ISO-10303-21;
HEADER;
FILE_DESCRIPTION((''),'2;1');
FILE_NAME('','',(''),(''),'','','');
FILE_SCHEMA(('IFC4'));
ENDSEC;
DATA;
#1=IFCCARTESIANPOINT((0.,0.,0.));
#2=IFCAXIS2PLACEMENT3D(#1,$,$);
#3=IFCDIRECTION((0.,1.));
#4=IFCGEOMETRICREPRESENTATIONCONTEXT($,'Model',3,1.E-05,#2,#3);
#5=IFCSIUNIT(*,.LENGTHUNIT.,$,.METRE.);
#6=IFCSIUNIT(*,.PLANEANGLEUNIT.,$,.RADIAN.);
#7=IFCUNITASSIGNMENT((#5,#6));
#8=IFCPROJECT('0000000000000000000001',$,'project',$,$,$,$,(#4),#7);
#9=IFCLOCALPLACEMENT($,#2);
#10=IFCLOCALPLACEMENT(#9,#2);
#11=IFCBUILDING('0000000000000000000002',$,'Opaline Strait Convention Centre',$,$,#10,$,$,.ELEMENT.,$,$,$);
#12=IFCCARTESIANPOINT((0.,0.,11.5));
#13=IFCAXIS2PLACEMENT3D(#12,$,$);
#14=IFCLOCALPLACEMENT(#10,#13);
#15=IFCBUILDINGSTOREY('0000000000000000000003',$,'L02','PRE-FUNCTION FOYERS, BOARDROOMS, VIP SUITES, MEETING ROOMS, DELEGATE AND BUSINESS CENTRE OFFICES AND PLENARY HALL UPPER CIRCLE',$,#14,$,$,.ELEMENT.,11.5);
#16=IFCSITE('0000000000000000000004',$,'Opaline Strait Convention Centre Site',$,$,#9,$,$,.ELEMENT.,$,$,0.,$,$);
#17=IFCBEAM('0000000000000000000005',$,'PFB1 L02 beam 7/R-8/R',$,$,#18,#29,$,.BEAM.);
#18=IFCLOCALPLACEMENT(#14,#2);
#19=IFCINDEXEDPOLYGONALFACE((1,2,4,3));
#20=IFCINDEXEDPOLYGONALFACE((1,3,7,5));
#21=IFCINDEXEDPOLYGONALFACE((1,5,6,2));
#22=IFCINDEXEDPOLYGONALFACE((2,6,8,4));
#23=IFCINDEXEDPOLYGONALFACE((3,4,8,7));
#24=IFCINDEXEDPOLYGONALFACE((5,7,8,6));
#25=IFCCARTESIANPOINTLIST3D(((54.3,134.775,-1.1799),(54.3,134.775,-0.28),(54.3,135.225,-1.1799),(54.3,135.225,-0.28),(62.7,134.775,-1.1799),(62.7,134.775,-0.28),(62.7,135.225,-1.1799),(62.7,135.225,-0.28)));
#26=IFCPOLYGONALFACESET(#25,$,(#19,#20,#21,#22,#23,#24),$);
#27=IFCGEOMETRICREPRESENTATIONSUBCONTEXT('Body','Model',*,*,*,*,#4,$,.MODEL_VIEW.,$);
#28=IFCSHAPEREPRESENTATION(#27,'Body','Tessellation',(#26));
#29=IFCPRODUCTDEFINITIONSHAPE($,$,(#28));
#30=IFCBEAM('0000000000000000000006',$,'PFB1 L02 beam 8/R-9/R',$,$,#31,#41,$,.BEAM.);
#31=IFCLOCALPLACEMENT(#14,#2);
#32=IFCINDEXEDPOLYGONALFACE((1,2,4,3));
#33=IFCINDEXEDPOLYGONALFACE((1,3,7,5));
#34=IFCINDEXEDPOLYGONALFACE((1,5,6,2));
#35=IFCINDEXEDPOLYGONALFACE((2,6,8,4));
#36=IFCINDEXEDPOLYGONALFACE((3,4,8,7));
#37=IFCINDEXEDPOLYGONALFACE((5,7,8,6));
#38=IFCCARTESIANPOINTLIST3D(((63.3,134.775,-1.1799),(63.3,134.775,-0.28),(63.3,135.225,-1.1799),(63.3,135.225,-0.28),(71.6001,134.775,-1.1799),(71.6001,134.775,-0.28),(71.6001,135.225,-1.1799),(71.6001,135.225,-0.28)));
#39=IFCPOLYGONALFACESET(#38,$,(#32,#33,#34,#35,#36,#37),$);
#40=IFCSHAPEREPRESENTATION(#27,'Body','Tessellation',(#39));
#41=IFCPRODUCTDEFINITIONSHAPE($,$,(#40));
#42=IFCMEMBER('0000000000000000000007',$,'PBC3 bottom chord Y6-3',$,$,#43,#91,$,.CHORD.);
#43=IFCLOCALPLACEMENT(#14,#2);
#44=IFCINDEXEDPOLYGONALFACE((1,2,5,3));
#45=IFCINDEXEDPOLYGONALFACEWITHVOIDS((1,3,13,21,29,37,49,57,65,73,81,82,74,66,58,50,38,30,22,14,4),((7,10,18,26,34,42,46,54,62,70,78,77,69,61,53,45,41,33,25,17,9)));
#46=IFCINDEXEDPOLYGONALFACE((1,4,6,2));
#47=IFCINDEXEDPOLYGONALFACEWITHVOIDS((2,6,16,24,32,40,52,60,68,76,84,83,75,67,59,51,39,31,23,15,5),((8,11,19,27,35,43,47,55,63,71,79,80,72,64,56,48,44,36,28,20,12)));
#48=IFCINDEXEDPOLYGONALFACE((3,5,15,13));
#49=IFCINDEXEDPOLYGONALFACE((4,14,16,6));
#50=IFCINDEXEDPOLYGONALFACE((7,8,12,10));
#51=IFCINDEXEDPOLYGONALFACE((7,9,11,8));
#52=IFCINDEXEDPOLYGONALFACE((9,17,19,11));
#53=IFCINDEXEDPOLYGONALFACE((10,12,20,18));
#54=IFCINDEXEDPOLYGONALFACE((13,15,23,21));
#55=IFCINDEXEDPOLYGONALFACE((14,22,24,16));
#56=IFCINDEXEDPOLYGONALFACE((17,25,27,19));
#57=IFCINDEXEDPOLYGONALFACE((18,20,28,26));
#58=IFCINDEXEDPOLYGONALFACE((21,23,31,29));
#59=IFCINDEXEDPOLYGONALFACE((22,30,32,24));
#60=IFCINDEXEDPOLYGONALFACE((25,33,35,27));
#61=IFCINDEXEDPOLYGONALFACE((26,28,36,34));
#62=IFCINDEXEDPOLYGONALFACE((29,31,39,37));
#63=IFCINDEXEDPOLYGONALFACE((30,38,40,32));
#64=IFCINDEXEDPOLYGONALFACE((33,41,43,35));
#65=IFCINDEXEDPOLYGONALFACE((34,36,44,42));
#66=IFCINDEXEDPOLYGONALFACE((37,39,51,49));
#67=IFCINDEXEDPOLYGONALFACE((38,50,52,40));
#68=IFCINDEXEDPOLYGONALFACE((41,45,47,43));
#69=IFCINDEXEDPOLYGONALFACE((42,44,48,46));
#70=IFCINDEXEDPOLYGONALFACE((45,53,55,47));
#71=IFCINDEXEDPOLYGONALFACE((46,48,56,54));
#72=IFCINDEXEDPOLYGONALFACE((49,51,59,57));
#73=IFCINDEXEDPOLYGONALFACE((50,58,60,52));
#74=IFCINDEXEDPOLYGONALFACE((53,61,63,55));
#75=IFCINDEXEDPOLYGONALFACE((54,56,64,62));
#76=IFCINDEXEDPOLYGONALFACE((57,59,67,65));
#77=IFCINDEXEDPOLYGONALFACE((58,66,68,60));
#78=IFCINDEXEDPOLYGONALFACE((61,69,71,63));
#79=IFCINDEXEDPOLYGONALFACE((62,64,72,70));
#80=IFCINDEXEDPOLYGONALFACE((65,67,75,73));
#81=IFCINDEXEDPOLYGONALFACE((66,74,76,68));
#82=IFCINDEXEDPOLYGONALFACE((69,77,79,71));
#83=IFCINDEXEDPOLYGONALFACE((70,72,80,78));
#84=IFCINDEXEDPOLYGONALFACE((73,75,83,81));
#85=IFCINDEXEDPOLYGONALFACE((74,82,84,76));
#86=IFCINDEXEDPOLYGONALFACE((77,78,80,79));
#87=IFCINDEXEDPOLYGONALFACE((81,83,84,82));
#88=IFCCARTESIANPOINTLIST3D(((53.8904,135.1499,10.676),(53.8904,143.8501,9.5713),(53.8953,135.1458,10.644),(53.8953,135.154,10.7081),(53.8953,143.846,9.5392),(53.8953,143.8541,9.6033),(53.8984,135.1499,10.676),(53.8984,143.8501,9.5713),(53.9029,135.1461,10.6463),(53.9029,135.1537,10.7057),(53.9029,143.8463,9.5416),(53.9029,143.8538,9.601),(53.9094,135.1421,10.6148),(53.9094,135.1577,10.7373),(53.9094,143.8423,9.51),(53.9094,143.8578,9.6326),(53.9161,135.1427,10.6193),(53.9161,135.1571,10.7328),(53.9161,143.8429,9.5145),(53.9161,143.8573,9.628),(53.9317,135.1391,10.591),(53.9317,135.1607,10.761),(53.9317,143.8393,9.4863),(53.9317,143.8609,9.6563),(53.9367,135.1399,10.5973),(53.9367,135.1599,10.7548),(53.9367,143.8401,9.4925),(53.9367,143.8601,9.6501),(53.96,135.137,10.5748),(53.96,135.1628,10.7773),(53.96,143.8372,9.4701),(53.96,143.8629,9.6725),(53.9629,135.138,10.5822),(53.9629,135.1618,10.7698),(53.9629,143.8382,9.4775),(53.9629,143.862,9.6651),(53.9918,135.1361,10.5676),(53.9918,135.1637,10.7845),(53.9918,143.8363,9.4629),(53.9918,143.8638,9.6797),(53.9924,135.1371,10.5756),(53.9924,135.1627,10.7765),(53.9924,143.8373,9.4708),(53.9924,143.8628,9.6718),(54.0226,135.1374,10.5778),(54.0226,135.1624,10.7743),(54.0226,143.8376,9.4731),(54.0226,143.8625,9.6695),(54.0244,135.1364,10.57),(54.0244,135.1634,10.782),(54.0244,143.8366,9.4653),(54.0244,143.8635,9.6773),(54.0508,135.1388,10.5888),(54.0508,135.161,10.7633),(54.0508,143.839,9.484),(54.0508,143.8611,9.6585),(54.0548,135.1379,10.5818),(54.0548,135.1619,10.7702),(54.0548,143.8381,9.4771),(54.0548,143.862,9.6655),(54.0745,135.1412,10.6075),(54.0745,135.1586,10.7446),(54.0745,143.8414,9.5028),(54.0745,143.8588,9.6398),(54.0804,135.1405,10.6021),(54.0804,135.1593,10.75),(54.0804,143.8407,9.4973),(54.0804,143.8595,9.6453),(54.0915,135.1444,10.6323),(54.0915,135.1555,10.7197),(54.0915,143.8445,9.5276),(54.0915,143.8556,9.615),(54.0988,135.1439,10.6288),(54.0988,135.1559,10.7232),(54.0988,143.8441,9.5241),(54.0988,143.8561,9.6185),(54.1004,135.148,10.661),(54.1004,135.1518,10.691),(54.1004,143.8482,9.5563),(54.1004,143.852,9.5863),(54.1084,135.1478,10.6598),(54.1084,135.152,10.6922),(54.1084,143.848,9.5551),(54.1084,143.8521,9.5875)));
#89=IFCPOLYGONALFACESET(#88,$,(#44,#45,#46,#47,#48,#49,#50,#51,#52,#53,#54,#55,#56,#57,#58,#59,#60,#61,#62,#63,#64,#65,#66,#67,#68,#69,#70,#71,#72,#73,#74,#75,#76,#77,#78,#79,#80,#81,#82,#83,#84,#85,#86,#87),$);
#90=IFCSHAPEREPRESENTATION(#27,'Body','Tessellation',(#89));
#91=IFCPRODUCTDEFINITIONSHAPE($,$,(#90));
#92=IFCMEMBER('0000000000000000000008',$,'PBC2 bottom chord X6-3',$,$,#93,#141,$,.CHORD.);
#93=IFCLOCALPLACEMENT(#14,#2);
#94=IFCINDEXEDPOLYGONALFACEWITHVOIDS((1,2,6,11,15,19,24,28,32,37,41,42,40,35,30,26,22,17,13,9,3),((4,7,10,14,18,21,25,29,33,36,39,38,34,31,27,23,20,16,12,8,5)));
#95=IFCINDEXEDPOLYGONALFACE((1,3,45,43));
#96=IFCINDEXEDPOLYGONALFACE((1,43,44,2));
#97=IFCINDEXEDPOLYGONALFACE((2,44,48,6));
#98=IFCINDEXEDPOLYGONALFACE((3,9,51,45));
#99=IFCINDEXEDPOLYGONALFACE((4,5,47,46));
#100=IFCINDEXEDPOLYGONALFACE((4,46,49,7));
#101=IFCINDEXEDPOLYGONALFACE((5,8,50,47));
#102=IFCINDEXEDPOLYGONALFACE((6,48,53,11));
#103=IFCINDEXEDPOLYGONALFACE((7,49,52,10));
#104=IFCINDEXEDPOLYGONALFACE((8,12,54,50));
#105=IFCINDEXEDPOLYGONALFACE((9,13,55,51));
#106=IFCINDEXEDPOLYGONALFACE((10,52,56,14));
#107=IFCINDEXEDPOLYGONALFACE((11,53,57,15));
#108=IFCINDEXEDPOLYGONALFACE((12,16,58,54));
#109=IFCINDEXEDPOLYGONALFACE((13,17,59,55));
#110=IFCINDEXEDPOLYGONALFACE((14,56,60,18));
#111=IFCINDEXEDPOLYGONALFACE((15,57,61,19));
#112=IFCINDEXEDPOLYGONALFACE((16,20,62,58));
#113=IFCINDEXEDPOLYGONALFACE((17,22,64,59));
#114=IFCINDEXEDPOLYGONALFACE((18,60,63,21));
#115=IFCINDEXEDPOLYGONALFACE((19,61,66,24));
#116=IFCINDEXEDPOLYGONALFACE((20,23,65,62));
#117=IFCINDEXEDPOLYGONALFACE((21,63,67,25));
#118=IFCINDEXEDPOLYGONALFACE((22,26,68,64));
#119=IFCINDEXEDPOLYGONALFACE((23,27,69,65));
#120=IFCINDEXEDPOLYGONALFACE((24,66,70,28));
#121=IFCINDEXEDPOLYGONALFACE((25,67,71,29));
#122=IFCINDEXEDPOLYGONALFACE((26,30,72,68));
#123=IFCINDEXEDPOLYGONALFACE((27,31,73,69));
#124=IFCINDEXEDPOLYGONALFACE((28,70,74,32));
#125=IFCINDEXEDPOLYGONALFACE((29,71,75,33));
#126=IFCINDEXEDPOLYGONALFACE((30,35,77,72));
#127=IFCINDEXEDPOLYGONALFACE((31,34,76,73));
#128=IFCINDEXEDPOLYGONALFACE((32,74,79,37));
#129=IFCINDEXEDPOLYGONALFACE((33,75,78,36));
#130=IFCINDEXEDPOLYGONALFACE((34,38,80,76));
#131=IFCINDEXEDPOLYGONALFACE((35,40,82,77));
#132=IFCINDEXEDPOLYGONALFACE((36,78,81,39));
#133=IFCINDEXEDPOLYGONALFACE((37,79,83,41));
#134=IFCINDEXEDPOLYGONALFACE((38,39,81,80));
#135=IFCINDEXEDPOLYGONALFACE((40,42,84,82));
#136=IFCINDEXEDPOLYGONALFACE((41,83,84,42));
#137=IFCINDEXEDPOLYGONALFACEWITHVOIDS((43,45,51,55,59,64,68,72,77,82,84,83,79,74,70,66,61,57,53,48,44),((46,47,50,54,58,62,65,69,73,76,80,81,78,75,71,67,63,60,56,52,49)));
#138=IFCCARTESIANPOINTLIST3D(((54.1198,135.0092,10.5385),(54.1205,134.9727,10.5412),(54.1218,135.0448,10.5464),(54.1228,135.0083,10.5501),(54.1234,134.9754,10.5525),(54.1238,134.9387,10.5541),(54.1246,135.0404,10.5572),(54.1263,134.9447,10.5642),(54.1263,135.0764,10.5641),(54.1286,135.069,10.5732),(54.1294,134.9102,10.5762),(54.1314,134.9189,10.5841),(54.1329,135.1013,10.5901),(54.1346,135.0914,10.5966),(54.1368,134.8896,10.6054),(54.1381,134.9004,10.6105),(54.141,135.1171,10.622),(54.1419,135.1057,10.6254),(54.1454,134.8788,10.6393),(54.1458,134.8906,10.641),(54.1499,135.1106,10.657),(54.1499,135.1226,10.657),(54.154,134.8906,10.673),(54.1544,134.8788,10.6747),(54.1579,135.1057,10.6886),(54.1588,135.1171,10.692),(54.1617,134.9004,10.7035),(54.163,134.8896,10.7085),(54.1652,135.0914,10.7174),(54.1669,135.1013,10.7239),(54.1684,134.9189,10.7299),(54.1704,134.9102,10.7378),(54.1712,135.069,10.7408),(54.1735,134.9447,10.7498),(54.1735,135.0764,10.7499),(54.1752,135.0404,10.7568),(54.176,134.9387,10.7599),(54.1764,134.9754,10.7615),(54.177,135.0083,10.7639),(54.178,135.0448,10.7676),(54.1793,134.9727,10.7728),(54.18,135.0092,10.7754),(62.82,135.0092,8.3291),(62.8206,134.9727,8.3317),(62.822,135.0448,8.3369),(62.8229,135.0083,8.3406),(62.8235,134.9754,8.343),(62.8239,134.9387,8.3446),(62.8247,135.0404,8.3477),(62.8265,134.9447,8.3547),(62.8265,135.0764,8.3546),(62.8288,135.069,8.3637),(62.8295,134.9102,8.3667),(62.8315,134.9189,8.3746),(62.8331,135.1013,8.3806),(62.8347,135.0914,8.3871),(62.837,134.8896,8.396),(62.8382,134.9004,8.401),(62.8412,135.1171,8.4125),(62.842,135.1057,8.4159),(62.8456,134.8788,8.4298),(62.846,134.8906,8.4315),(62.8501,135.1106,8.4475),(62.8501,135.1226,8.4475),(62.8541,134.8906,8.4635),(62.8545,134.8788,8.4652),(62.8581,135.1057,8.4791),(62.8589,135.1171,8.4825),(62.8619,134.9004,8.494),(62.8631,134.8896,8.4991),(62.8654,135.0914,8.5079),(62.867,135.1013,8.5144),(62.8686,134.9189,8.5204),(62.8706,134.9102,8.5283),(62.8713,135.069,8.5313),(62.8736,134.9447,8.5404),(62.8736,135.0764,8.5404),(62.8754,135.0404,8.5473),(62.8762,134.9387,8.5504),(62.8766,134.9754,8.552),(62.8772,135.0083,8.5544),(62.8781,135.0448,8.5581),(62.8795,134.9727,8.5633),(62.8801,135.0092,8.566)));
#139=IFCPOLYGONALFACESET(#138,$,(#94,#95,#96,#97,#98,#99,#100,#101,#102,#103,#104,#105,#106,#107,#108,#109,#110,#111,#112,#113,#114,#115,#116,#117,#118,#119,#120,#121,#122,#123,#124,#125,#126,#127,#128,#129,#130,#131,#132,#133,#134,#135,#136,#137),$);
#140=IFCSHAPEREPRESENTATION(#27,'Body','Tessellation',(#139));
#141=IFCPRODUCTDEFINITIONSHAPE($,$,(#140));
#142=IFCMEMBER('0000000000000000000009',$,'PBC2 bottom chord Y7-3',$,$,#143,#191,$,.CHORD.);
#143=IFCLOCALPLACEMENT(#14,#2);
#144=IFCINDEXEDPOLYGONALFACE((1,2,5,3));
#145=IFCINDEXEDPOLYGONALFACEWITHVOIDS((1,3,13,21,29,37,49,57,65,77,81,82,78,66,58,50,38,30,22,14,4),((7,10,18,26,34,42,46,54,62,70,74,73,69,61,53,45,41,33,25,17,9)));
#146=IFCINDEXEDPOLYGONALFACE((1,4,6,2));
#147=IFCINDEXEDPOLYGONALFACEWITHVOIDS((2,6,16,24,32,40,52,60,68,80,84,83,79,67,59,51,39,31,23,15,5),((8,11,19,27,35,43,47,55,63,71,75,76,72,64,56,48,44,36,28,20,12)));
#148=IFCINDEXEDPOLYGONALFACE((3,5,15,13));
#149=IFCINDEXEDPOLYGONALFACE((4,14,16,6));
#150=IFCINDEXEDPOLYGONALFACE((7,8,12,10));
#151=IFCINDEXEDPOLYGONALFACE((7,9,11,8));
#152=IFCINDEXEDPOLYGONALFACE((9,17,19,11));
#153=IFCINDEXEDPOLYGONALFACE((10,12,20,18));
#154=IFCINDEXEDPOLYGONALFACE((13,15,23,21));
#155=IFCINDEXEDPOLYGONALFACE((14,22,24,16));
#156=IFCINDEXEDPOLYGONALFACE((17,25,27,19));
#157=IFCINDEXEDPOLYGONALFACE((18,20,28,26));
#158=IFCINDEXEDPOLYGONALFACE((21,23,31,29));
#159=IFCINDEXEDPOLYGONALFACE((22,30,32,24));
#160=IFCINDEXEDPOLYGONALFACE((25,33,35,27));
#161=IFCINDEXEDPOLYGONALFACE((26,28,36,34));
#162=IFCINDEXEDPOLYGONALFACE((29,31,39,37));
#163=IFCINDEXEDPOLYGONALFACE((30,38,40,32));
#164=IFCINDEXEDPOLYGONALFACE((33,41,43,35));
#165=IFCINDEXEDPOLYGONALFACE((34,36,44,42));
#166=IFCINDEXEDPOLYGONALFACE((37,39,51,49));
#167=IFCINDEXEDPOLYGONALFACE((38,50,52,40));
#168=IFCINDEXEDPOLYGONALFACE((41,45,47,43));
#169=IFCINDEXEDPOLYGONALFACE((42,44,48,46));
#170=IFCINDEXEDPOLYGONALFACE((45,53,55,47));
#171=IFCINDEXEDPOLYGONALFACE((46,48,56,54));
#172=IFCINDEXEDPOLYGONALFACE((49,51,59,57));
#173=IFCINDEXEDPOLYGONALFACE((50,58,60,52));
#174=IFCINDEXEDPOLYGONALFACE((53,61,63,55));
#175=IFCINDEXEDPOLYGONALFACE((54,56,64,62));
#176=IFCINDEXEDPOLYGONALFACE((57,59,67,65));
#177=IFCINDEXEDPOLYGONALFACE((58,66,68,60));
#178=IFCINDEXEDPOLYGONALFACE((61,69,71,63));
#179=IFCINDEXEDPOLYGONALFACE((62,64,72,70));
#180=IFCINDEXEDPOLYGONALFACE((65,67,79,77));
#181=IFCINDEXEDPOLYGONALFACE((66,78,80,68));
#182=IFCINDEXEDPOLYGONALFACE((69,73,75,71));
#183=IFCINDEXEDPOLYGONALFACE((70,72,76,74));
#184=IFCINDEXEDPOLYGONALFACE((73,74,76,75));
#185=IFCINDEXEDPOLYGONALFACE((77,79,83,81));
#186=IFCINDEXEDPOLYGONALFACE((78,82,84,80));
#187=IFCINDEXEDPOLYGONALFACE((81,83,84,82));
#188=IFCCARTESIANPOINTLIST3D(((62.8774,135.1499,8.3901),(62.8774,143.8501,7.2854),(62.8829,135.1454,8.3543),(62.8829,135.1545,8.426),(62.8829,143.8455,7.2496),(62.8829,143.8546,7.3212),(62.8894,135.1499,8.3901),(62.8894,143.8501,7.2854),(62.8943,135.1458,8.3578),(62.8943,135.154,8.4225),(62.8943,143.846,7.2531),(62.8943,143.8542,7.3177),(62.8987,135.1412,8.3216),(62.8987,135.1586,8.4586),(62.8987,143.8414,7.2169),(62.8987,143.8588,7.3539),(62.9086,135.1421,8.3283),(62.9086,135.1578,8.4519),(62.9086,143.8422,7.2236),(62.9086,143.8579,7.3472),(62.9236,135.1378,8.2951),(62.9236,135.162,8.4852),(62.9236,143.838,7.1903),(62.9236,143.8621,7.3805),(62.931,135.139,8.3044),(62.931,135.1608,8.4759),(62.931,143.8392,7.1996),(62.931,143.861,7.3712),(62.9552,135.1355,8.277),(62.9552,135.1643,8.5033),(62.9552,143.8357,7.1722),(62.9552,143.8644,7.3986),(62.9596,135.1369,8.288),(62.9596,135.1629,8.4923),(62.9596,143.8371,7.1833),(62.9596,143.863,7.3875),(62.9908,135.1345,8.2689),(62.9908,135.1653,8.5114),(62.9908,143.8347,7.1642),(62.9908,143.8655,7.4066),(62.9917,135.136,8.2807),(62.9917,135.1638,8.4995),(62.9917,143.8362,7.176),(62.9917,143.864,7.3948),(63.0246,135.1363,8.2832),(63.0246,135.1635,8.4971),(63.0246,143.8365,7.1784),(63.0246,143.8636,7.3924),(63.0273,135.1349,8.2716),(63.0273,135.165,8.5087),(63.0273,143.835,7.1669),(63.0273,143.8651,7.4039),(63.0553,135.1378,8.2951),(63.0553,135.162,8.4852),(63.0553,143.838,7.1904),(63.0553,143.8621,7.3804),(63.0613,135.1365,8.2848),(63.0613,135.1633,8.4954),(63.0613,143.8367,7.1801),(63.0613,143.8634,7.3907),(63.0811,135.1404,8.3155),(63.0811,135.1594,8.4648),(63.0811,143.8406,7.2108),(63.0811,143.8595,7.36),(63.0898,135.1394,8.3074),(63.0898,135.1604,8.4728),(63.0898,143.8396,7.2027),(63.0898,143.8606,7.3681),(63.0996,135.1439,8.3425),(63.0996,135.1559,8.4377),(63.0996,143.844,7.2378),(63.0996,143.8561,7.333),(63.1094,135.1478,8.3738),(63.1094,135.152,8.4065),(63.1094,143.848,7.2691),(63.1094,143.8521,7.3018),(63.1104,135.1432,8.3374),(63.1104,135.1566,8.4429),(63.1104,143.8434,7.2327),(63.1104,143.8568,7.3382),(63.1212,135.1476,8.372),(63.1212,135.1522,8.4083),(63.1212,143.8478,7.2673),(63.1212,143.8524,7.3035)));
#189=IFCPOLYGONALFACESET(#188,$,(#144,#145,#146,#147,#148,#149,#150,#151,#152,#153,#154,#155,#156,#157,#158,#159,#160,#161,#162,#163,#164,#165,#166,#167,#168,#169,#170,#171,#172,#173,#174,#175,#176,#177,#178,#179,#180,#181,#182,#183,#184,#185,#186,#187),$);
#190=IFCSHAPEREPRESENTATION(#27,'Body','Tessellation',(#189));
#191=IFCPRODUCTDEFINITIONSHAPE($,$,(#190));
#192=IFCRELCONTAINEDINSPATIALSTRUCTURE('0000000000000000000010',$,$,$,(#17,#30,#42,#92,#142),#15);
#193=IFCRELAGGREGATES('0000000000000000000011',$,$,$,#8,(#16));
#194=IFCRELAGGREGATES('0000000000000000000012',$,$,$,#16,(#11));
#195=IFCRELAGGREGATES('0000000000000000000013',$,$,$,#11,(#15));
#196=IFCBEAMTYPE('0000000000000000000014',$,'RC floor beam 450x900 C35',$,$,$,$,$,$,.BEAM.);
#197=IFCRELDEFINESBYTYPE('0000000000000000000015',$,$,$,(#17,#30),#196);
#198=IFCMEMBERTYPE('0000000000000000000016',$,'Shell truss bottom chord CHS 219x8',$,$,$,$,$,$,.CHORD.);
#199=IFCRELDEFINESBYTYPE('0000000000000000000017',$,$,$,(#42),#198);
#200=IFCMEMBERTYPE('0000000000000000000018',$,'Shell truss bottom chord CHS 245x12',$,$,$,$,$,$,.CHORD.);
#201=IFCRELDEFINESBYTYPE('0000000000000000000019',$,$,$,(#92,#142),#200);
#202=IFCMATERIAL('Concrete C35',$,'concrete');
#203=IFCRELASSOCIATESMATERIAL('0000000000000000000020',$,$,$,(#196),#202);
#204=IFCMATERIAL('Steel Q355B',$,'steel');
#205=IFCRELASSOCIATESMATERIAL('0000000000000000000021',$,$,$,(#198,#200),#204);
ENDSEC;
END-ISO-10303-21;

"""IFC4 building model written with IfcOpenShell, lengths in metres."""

from ifc_helpers import new_model, si_unit, direction, frame, origin, origin_2d, place, context, subcontext, project, spatial, rectangle, hollow_circle, extrude, material, material_profile, profile_set, type_object, element, save


model = new_model("IFC4")

# Units and contexts
model_context = context("Model", 3, precision=1e-05, world=origin(), true_north=direction((0.0, 1.0)))
body_context = subcontext(model_context, "Body", "Model", "MODEL_VIEW")
ifc_project = project(units=[si_unit("LENGTHUNIT", "METRE"), si_unit("PLANEANGLEUNIT", "RADIAN")], contexts=[model_context])

# Site, building, storey
site_placement = place(None, origin())
site = spatial("IfcSite", under=ifc_project, at=site_placement, Name="Opaline Strait Convention Centre Site", CompositionType="ELEMENT", RefElevation=0.0)
building_placement = place(site_placement, origin())
building = spatial("IfcBuilding", under=site, at=building_placement, Name="Opaline Strait Convention Centre", CompositionType="ELEMENT")
storey_placement = place(building_placement, frame((0.0, 0.0, 11.5)))
storey = spatial("IfcBuildingStorey", under=building, at=storey_placement, Name="L02", Description="PRE-FUNCTION FOYERS, BOARDROOMS, VIP SUITES, MEETING ROOMS, DELEGATE AND BUSINESS CENTRE OFFICES AND PLENARY HALL UPPER CIRCLE", CompositionType="ELEMENT", Elevation=11.5)

# Beams
ifc_material_1 = material(Name="Concrete C35", Category="concrete")
ifc_material_profile_1 = material_profile(ifc_material_1, rectangle(XDim=0.45, YDim=0.8999, at=origin_2d()), Name="RC 450x900")
ifc_profile_set_1 = profile_set([ifc_material_profile_1], Name="Concrete C35")
beam_type = type_object("IfcBeamType", Name="RC floor beam 450x900 C35", PredefinedType="BEAM", material=ifc_profile_set_1)
beam_1_placement = place(storey_placement, frame((54.3, 135.0, -0.73), z_axis=(1.0, 0.0, 0.0), x_axis=(0.0, 1.0, 0.0)))
element("IfcBeam", 1, at=beam_1_placement, inside=storey, type_object=beam_type, Name="PFB1 L02 beam 7/R-8/R", PredefinedType="BEAM", context=body_context, shape_type="SweptSolid", body=[
    extrude(rectangle(XDim=0.45, YDim=0.8999, at=origin_2d()), origin(), (0.0, 0.0, 1.0), 8.3999),
])
beam_2_placement = place(storey_placement, frame((63.3, 135.0, -0.73), z_axis=(1.0, 0.0, 0.0), x_axis=(0.0, 1.0, 0.0)))
element("IfcBeam", 2, at=beam_2_placement, inside=storey, type_object=beam_type, Name="PFB1 L02 beam 8/R-9/R", PredefinedType="BEAM", context=body_context, shape_type="SweptSolid", body=[
    extrude(rectangle(XDim=0.45, YDim=0.8999, at=origin_2d()), origin(), (0.0, 0.0, 1.0), 8.3),
])

# Members
ifc_material_2 = material(Name="Steel Q355B", Category="steel")
ifc_material_profile_2 = material_profile(ifc_material_2, hollow_circle(Radius=0.1096, WallThickness=0.0081, at=origin_2d()), Name="CHS 219x8")
ifc_profile_set_2 = profile_set([ifc_material_profile_2], Name="Steel Q355B")
member_type_1 = type_object("IfcMemberType", Name="Shell truss bottom chord CHS 219x8", PredefinedType="CHORD", material=ifc_profile_set_2)
member_1_placement = place(storey_placement, frame((54.0, 135.1499, 10.676), z_axis=(0.0, 0.992034, -0.125967), x_axis=(-1.0, 0.0, 0.0)))
element("IfcMember", 3, at=member_1_placement, inside=storey, type_object=member_type_1, Name="PBC3 bottom chord Y6-3", PredefinedType="CHORD", context=body_context, shape_type="SweptSolid", body=[
    extrude(hollow_circle(Radius=0.1096, WallThickness=0.0081, at=origin_2d()), origin(), (0.0, 0.0, 1.0), 8.77),
])
ifc_material_profile_3 = material_profile(ifc_material_2, hollow_circle(Radius=0.1226, WallThickness=0.012, at=origin_2d()), Name="CHS 245x12")
ifc_profile_set_3 = profile_set([ifc_material_profile_3], Name="Steel Q355B")
member_type_2 = type_object("IfcMemberType", Name="Shell truss bottom chord CHS 245x12", PredefinedType="CHORD", material=ifc_profile_set_3)
member_2_placement = place(storey_placement, frame((54.1499, 135.0, 10.657), z_axis=(0.969233, 0.0, -0.246143), x_axis=(0.0, 1.0, 0.0)))
element("IfcMember", 4, at=member_2_placement, inside=storey, type_object=member_type_2, Name="PBC2 bottom chord X6-3", PredefinedType="CHORD", context=body_context, shape_type="SweptSolid", body=[
    extrude(hollow_circle(Radius=0.1226, WallThickness=0.012, at=origin_2d()), origin(), (0.0, 0.0, 1.0), 8.9763),
])
member_3_placement = place(storey_placement, frame((63.0, 135.1499, 8.3901), z_axis=(0.0, 0.992034, -0.125967), x_axis=(-1.0, 0.0, 0.0)))
element("IfcMember", 5, at=member_3_placement, inside=storey, type_object=member_type_2, Name="PBC2 bottom chord Y7-3", PredefinedType="CHORD", context=body_context, shape_type="SweptSolid", body=[
    extrude(hollow_circle(Radius=0.1226, WallThickness=0.012, at=origin_2d()), origin(), (0.0, 0.0, 1.0), 8.77),
])

save(model, "model.ifc")
